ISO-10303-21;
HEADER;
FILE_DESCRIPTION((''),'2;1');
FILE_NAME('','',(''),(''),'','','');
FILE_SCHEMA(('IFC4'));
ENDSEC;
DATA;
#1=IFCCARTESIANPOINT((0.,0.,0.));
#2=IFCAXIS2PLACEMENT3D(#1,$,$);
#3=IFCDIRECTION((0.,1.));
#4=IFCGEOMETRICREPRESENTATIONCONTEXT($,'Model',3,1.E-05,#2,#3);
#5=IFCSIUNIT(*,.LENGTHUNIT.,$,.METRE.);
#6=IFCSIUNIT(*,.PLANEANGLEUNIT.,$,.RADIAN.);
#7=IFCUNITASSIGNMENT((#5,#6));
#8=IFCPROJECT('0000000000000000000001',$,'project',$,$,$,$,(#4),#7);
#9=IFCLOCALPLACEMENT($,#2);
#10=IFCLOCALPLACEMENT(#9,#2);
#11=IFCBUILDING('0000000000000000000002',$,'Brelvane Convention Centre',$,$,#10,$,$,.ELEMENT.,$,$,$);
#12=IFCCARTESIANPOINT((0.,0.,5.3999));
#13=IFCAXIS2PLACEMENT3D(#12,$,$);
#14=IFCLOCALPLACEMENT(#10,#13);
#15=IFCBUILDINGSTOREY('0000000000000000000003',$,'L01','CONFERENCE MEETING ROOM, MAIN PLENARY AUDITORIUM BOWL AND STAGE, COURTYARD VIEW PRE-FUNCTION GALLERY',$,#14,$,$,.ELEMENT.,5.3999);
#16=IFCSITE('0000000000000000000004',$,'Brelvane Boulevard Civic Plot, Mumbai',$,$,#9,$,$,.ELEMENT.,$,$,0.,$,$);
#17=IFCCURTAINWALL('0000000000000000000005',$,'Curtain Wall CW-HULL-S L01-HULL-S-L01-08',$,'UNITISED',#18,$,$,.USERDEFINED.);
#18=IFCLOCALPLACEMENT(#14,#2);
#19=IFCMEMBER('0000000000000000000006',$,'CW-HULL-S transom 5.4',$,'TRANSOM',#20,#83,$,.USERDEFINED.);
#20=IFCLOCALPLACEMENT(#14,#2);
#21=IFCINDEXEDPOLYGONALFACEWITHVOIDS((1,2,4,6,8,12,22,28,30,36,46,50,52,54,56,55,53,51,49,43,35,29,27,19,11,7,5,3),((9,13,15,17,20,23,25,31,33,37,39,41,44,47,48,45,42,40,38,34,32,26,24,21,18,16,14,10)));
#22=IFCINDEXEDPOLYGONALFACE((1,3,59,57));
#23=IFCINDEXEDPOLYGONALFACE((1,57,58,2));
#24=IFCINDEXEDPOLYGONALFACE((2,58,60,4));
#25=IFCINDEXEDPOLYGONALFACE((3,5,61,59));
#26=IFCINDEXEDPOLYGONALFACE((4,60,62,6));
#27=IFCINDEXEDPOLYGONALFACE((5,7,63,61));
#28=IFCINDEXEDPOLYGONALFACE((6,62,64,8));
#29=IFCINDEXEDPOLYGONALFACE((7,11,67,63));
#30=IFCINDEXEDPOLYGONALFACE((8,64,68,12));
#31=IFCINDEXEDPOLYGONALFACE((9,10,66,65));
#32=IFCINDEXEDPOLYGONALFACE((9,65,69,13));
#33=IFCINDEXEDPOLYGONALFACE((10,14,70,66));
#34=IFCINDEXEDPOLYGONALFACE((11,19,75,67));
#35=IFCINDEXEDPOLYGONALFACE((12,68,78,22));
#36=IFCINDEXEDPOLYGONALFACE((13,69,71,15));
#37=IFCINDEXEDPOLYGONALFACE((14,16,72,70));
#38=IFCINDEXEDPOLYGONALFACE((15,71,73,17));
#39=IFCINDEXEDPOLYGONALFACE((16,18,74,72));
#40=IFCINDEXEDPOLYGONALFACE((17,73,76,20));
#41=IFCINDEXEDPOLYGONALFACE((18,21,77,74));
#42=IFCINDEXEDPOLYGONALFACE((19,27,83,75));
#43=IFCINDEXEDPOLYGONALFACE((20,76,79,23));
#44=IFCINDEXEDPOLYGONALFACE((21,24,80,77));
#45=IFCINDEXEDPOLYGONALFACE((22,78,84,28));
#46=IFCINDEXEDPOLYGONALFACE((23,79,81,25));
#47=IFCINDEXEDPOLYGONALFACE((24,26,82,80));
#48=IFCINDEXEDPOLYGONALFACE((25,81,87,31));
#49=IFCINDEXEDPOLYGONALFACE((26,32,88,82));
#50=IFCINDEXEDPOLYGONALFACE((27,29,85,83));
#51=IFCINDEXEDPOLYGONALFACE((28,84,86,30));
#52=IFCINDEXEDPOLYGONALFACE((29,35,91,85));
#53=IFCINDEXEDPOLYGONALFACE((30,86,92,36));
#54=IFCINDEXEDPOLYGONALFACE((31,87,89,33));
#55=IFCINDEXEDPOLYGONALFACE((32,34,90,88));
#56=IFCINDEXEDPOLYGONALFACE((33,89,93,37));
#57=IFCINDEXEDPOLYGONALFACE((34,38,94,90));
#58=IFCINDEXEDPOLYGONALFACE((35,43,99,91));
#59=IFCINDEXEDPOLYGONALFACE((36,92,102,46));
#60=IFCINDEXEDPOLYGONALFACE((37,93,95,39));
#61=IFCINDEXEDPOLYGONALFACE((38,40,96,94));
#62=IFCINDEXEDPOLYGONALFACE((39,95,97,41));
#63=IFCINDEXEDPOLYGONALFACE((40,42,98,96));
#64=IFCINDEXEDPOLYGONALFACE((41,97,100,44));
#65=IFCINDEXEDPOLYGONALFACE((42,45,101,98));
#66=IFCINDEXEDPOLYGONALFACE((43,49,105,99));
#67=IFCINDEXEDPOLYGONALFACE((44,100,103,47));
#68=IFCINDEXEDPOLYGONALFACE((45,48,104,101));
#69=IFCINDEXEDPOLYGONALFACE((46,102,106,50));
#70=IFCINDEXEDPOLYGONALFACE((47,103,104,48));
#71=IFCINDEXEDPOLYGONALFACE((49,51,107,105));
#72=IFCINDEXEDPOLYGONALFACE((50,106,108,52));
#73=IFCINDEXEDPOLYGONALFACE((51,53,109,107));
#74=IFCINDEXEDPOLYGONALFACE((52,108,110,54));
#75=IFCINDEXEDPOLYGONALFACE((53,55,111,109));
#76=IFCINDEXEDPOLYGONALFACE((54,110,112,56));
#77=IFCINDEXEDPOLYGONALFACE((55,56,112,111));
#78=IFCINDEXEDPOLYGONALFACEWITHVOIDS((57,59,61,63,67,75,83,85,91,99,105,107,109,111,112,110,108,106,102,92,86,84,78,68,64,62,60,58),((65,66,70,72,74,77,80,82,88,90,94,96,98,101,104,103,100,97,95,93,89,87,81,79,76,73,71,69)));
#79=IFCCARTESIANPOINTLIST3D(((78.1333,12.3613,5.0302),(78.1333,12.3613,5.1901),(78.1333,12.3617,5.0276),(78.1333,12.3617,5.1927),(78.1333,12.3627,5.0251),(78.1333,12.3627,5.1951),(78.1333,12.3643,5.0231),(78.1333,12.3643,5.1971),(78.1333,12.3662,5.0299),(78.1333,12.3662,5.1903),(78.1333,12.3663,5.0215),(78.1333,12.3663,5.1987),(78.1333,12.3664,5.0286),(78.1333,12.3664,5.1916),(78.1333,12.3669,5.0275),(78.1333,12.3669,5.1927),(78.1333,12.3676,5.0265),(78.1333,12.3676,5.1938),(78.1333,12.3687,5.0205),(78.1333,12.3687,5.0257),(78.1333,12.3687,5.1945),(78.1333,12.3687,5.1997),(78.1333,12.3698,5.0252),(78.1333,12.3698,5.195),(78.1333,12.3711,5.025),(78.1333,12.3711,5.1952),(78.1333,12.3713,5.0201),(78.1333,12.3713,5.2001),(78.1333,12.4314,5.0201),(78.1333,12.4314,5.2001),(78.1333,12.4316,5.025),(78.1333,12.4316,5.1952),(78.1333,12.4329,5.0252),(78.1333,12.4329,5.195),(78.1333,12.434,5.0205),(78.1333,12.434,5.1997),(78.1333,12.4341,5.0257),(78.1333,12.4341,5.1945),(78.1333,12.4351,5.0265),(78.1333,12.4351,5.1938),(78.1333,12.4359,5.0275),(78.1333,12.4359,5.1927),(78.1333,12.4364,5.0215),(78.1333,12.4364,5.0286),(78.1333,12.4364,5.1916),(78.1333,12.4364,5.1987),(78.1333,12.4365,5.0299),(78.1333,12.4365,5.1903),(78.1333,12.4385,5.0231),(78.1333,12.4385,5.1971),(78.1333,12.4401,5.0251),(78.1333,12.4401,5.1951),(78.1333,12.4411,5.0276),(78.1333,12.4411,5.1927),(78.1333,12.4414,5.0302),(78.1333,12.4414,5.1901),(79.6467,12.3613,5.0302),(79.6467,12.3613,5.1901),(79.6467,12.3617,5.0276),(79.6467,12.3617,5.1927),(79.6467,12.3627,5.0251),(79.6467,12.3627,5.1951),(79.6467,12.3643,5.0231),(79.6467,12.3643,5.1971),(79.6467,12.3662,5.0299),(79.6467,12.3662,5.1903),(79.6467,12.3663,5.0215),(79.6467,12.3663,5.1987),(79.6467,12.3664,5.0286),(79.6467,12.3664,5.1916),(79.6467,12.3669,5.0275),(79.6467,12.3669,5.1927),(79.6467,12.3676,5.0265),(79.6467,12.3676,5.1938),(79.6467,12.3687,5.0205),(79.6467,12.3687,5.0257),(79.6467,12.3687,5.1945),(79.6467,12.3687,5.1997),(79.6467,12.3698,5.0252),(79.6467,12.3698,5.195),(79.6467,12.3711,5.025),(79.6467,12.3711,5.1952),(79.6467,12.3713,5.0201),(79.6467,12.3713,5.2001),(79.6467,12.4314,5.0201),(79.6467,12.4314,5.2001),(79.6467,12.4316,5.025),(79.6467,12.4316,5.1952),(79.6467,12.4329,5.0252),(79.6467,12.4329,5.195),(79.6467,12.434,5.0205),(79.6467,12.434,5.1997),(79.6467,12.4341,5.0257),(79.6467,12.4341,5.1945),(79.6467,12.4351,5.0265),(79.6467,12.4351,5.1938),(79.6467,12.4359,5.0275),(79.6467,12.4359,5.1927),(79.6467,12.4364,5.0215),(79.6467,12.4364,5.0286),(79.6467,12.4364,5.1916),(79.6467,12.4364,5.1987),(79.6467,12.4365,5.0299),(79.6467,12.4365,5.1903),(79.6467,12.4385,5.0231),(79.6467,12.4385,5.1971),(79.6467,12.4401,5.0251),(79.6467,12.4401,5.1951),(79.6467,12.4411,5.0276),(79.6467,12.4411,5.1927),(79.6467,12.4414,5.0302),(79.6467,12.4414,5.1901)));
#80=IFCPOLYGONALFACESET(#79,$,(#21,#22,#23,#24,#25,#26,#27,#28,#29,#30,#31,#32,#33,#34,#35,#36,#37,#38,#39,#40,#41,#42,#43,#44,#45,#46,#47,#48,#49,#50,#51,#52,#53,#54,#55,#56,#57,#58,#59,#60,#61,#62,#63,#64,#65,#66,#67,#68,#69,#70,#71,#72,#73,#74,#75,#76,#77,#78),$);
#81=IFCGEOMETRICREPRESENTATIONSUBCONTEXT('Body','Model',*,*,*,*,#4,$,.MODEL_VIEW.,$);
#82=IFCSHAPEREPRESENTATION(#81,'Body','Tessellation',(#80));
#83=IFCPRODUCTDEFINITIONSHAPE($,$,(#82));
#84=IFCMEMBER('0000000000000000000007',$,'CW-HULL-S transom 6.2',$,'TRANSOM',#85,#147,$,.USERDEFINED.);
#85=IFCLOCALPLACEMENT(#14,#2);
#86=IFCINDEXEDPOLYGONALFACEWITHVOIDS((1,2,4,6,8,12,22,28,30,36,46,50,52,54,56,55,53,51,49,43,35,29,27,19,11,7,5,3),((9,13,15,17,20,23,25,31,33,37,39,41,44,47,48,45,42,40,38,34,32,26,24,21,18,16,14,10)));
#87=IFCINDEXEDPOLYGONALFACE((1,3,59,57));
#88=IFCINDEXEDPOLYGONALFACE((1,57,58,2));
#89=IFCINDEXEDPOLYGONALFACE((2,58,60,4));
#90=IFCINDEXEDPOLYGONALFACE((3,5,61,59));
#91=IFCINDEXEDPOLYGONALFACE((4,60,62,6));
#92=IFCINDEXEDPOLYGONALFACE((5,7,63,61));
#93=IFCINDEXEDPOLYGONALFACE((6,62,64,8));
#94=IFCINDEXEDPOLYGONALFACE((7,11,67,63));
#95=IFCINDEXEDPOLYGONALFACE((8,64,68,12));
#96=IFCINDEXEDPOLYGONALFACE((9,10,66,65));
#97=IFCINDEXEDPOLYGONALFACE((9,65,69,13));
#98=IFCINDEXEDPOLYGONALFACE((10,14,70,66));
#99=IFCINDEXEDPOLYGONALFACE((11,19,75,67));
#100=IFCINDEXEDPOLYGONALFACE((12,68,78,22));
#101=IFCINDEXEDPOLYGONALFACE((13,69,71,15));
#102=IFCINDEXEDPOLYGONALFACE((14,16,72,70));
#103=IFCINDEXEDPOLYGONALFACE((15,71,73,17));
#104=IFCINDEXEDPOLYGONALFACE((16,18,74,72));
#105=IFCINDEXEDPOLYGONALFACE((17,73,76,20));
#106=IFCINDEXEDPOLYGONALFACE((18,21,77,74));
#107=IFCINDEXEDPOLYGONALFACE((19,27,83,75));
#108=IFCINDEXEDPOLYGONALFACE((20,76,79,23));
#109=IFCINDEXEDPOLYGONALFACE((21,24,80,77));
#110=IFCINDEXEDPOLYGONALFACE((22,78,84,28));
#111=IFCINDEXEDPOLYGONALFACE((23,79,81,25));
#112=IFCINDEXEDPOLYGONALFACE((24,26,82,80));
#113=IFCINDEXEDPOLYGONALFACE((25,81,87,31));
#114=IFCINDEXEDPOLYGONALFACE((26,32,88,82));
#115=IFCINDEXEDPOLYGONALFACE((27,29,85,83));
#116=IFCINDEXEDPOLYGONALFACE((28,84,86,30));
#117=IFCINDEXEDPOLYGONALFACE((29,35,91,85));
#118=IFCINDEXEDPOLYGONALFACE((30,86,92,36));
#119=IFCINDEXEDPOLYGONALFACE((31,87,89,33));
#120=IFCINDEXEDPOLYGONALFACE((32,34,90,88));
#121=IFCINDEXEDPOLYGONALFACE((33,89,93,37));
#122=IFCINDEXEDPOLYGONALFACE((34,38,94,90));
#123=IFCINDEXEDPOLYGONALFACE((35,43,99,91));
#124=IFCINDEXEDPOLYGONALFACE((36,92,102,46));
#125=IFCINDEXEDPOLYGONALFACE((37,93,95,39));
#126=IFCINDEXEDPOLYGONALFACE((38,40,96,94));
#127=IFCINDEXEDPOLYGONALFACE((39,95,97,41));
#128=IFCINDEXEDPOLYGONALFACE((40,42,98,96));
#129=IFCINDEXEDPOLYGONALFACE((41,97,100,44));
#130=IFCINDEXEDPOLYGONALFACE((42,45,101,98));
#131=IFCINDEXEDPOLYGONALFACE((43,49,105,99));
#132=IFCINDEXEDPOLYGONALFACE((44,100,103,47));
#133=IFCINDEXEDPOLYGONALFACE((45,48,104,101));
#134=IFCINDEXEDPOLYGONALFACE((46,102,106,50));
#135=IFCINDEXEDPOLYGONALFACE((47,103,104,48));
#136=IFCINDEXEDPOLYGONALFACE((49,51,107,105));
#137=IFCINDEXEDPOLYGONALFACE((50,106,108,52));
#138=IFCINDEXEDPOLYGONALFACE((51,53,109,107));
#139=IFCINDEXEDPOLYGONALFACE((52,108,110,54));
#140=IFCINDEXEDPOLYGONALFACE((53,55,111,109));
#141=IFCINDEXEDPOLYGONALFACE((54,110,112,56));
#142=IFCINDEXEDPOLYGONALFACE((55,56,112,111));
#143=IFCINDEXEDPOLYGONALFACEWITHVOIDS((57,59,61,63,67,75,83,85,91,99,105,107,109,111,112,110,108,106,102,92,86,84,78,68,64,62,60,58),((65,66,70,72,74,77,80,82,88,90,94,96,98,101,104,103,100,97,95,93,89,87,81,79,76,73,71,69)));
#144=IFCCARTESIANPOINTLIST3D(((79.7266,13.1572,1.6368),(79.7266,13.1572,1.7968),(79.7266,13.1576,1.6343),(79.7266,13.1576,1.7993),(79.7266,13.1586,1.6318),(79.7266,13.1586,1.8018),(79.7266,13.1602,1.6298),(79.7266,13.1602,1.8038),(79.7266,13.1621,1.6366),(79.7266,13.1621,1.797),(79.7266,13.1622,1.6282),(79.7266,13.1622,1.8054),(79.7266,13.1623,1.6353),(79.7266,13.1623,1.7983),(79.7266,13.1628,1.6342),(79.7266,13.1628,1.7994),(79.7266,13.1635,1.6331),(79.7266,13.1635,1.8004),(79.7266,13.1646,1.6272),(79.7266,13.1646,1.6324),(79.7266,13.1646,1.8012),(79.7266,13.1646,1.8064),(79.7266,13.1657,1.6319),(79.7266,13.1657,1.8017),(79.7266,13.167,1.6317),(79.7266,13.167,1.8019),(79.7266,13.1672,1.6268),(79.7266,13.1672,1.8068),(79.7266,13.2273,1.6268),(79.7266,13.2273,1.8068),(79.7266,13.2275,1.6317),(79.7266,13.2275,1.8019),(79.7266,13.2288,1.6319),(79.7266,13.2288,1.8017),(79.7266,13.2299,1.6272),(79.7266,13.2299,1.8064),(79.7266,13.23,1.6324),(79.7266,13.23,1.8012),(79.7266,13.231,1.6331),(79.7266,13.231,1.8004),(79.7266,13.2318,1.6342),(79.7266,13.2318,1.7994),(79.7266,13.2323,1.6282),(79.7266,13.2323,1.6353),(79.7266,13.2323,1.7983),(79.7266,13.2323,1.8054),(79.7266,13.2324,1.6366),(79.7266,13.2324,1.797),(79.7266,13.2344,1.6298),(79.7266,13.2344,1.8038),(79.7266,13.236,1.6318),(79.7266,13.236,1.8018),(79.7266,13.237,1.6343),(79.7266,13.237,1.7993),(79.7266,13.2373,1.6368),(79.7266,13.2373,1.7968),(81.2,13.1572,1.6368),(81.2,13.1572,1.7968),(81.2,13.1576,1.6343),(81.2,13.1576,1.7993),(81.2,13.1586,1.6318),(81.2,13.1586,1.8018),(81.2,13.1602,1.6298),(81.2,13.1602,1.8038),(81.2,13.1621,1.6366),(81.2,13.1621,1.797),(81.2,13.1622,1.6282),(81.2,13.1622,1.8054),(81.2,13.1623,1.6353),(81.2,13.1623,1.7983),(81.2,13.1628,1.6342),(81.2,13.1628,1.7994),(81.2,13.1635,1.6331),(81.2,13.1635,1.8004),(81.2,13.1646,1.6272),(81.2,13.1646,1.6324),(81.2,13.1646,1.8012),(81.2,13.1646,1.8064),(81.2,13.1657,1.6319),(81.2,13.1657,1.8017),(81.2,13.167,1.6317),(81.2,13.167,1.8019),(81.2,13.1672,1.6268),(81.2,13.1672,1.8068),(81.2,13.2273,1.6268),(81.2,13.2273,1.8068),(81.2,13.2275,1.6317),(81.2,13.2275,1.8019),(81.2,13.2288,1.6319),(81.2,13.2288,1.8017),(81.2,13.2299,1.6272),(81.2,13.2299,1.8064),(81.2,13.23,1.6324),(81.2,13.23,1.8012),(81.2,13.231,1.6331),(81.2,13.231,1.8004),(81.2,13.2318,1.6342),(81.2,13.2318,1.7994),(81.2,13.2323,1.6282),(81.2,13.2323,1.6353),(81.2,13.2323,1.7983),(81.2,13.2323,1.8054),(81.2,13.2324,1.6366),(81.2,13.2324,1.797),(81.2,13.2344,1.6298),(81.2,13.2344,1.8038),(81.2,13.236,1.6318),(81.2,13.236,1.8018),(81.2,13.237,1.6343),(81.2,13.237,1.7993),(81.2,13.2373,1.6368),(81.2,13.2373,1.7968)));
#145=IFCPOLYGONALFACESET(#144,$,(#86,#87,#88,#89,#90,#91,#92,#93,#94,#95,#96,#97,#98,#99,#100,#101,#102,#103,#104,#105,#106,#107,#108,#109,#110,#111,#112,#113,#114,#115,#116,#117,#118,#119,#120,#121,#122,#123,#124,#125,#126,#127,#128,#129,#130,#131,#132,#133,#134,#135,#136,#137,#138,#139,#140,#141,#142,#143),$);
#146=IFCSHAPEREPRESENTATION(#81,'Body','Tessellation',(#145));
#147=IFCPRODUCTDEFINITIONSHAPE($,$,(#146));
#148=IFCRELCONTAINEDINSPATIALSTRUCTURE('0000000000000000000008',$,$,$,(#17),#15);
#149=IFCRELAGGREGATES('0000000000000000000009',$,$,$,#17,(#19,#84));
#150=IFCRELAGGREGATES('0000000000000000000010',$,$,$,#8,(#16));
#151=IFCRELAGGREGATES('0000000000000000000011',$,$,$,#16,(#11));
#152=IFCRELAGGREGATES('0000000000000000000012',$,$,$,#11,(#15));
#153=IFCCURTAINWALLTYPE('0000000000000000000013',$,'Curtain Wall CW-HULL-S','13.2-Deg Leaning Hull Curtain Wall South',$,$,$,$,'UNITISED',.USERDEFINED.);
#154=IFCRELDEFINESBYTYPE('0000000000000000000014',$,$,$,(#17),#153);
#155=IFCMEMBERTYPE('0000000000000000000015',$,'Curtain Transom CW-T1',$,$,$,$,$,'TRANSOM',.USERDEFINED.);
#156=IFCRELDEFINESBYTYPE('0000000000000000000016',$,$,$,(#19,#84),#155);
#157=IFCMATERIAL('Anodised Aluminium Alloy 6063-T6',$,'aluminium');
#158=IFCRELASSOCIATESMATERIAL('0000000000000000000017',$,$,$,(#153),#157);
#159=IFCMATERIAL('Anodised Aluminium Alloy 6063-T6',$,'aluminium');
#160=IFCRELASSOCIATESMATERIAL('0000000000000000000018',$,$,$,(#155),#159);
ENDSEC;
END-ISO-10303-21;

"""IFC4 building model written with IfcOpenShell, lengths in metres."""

from ifc_helpers import new_model, si_unit, direction, frame, origin, origin_2d, place, context, subcontext, project, spatial, hollow_rectangle, extrude, material, material_profile, profile_set, type_object, element, aggregate, save


model = new_model("IFC4")

# Units and contexts
model_context = context("Model", 3, precision=1e-05, world=origin(), true_north=direction((0.0, 1.0)))
body_context = subcontext(model_context, "Body", "Model", "MODEL_VIEW")
ifc_project = project(units=[si_unit("LENGTHUNIT", "METRE"), si_unit("PLANEANGLEUNIT", "RADIAN")], contexts=[model_context])

# Site, building, storey
site_placement = place(None, origin())
site = spatial("IfcSite", under=ifc_project, at=site_placement, Name="Brelvane Boulevard Civic Plot, Mumbai", CompositionType="ELEMENT", RefElevation=0.0)
building_placement = place(site_placement, origin())
building = spatial("IfcBuilding", under=site, at=building_placement, Name="Brelvane Convention Centre", CompositionType="ELEMENT")
storey_placement = place(building_placement, frame((0.0, 0.0, 5.3999)))
storey = spatial("IfcBuildingStorey", under=building, at=storey_placement, Name="L01", Description="CONFERENCE MEETING ROOM, MAIN PLENARY AUDITORIUM BOWL AND STAGE, COURTYARD VIEW PRE-FUNCTION GALLERY", CompositionType="ELEMENT", Elevation=5.3999)

# Curtain wall, members
ifc_material_1 = material(Name="Anodised Aluminium Alloy 6063-T6", Category="aluminium")
curtain_wall_type = type_object("IfcCurtainWallType", Name="Curtain Wall CW-HULL-S", Description="13.2-Deg Leaning Hull Curtain Wall South", ElementType="UNITISED", PredefinedType="USERDEFINED", material=ifc_material_1)
curtain_wall_1_placement = place(storey_placement, origin())
curtain_wall_1 = element("IfcCurtainWall", 1, at=curtain_wall_1_placement, inside=storey, type_object=curtain_wall_type, Name="Curtain Wall CW-HULL-S L01-HULL-S-L01-08", ObjectType="UNITISED", PredefinedType="USERDEFINED")
ifc_material_2 = material(Name="Anodised Aluminium Alloy 6063-T6", Category="aluminium")
ifc_material_profile = material_profile(ifc_material_2, hollow_rectangle(XDim=0.0801, YDim=0.1799, WallThickness=0.0049, InnerFilletRadius=0.0049, OuterFilletRadius=0.01, at=origin_2d()), Name="ALU-T 180x80x5.0")
ifc_profile_set = profile_set([ifc_material_profile], Name="Anodised Aluminium Alloy 6063-T6")
member_type = type_object("IfcMemberType", Name="Curtain Transom CW-T1", ElementType="TRANSOM", PredefinedType="USERDEFINED", material=ifc_profile_set)
member_1_placement = place(storey_placement, frame((78.1333, 12.4014, 5.1101), z_axis=(1.0, 0.0, 0.0), x_axis=(0.0, 1.0, 0.0)))
member_1 = element("IfcMember", 2, at=member_1_placement, type_object=member_type, Name="CW-HULL-S transom 5.4", ObjectType="TRANSOM", PredefinedType="USERDEFINED", context=body_context, shape_type="SweptSolid", body=[
    extrude(hollow_rectangle(XDim=0.0801, YDim=0.1799, WallThickness=0.0049, InnerFilletRadius=0.0049, OuterFilletRadius=0.01, at=origin_2d()), origin(), (0.0, 0.0, 1.0), 1.5134),
])
member_2_placement = place(storey_placement, frame((79.7266, 13.1973, 1.7168), z_axis=(1.0, 0.0, 0.0), x_axis=(0.0, 1.0, 0.0)))
member_2 = element("IfcMember", 3, at=member_2_placement, type_object=member_type, Name="CW-HULL-S transom 6.2", ObjectType="TRANSOM", PredefinedType="USERDEFINED", context=body_context, shape_type="SweptSolid", body=[
    extrude(hollow_rectangle(XDim=0.0801, YDim=0.1799, WallThickness=0.0049, InnerFilletRadius=0.0049, OuterFilletRadius=0.01, at=origin_2d()), origin(), (0.0, 0.0, 1.0), 1.4734),
])

aggregate(curtain_wall_1, [member_1, member_2])

save(model, "model.ifc")
